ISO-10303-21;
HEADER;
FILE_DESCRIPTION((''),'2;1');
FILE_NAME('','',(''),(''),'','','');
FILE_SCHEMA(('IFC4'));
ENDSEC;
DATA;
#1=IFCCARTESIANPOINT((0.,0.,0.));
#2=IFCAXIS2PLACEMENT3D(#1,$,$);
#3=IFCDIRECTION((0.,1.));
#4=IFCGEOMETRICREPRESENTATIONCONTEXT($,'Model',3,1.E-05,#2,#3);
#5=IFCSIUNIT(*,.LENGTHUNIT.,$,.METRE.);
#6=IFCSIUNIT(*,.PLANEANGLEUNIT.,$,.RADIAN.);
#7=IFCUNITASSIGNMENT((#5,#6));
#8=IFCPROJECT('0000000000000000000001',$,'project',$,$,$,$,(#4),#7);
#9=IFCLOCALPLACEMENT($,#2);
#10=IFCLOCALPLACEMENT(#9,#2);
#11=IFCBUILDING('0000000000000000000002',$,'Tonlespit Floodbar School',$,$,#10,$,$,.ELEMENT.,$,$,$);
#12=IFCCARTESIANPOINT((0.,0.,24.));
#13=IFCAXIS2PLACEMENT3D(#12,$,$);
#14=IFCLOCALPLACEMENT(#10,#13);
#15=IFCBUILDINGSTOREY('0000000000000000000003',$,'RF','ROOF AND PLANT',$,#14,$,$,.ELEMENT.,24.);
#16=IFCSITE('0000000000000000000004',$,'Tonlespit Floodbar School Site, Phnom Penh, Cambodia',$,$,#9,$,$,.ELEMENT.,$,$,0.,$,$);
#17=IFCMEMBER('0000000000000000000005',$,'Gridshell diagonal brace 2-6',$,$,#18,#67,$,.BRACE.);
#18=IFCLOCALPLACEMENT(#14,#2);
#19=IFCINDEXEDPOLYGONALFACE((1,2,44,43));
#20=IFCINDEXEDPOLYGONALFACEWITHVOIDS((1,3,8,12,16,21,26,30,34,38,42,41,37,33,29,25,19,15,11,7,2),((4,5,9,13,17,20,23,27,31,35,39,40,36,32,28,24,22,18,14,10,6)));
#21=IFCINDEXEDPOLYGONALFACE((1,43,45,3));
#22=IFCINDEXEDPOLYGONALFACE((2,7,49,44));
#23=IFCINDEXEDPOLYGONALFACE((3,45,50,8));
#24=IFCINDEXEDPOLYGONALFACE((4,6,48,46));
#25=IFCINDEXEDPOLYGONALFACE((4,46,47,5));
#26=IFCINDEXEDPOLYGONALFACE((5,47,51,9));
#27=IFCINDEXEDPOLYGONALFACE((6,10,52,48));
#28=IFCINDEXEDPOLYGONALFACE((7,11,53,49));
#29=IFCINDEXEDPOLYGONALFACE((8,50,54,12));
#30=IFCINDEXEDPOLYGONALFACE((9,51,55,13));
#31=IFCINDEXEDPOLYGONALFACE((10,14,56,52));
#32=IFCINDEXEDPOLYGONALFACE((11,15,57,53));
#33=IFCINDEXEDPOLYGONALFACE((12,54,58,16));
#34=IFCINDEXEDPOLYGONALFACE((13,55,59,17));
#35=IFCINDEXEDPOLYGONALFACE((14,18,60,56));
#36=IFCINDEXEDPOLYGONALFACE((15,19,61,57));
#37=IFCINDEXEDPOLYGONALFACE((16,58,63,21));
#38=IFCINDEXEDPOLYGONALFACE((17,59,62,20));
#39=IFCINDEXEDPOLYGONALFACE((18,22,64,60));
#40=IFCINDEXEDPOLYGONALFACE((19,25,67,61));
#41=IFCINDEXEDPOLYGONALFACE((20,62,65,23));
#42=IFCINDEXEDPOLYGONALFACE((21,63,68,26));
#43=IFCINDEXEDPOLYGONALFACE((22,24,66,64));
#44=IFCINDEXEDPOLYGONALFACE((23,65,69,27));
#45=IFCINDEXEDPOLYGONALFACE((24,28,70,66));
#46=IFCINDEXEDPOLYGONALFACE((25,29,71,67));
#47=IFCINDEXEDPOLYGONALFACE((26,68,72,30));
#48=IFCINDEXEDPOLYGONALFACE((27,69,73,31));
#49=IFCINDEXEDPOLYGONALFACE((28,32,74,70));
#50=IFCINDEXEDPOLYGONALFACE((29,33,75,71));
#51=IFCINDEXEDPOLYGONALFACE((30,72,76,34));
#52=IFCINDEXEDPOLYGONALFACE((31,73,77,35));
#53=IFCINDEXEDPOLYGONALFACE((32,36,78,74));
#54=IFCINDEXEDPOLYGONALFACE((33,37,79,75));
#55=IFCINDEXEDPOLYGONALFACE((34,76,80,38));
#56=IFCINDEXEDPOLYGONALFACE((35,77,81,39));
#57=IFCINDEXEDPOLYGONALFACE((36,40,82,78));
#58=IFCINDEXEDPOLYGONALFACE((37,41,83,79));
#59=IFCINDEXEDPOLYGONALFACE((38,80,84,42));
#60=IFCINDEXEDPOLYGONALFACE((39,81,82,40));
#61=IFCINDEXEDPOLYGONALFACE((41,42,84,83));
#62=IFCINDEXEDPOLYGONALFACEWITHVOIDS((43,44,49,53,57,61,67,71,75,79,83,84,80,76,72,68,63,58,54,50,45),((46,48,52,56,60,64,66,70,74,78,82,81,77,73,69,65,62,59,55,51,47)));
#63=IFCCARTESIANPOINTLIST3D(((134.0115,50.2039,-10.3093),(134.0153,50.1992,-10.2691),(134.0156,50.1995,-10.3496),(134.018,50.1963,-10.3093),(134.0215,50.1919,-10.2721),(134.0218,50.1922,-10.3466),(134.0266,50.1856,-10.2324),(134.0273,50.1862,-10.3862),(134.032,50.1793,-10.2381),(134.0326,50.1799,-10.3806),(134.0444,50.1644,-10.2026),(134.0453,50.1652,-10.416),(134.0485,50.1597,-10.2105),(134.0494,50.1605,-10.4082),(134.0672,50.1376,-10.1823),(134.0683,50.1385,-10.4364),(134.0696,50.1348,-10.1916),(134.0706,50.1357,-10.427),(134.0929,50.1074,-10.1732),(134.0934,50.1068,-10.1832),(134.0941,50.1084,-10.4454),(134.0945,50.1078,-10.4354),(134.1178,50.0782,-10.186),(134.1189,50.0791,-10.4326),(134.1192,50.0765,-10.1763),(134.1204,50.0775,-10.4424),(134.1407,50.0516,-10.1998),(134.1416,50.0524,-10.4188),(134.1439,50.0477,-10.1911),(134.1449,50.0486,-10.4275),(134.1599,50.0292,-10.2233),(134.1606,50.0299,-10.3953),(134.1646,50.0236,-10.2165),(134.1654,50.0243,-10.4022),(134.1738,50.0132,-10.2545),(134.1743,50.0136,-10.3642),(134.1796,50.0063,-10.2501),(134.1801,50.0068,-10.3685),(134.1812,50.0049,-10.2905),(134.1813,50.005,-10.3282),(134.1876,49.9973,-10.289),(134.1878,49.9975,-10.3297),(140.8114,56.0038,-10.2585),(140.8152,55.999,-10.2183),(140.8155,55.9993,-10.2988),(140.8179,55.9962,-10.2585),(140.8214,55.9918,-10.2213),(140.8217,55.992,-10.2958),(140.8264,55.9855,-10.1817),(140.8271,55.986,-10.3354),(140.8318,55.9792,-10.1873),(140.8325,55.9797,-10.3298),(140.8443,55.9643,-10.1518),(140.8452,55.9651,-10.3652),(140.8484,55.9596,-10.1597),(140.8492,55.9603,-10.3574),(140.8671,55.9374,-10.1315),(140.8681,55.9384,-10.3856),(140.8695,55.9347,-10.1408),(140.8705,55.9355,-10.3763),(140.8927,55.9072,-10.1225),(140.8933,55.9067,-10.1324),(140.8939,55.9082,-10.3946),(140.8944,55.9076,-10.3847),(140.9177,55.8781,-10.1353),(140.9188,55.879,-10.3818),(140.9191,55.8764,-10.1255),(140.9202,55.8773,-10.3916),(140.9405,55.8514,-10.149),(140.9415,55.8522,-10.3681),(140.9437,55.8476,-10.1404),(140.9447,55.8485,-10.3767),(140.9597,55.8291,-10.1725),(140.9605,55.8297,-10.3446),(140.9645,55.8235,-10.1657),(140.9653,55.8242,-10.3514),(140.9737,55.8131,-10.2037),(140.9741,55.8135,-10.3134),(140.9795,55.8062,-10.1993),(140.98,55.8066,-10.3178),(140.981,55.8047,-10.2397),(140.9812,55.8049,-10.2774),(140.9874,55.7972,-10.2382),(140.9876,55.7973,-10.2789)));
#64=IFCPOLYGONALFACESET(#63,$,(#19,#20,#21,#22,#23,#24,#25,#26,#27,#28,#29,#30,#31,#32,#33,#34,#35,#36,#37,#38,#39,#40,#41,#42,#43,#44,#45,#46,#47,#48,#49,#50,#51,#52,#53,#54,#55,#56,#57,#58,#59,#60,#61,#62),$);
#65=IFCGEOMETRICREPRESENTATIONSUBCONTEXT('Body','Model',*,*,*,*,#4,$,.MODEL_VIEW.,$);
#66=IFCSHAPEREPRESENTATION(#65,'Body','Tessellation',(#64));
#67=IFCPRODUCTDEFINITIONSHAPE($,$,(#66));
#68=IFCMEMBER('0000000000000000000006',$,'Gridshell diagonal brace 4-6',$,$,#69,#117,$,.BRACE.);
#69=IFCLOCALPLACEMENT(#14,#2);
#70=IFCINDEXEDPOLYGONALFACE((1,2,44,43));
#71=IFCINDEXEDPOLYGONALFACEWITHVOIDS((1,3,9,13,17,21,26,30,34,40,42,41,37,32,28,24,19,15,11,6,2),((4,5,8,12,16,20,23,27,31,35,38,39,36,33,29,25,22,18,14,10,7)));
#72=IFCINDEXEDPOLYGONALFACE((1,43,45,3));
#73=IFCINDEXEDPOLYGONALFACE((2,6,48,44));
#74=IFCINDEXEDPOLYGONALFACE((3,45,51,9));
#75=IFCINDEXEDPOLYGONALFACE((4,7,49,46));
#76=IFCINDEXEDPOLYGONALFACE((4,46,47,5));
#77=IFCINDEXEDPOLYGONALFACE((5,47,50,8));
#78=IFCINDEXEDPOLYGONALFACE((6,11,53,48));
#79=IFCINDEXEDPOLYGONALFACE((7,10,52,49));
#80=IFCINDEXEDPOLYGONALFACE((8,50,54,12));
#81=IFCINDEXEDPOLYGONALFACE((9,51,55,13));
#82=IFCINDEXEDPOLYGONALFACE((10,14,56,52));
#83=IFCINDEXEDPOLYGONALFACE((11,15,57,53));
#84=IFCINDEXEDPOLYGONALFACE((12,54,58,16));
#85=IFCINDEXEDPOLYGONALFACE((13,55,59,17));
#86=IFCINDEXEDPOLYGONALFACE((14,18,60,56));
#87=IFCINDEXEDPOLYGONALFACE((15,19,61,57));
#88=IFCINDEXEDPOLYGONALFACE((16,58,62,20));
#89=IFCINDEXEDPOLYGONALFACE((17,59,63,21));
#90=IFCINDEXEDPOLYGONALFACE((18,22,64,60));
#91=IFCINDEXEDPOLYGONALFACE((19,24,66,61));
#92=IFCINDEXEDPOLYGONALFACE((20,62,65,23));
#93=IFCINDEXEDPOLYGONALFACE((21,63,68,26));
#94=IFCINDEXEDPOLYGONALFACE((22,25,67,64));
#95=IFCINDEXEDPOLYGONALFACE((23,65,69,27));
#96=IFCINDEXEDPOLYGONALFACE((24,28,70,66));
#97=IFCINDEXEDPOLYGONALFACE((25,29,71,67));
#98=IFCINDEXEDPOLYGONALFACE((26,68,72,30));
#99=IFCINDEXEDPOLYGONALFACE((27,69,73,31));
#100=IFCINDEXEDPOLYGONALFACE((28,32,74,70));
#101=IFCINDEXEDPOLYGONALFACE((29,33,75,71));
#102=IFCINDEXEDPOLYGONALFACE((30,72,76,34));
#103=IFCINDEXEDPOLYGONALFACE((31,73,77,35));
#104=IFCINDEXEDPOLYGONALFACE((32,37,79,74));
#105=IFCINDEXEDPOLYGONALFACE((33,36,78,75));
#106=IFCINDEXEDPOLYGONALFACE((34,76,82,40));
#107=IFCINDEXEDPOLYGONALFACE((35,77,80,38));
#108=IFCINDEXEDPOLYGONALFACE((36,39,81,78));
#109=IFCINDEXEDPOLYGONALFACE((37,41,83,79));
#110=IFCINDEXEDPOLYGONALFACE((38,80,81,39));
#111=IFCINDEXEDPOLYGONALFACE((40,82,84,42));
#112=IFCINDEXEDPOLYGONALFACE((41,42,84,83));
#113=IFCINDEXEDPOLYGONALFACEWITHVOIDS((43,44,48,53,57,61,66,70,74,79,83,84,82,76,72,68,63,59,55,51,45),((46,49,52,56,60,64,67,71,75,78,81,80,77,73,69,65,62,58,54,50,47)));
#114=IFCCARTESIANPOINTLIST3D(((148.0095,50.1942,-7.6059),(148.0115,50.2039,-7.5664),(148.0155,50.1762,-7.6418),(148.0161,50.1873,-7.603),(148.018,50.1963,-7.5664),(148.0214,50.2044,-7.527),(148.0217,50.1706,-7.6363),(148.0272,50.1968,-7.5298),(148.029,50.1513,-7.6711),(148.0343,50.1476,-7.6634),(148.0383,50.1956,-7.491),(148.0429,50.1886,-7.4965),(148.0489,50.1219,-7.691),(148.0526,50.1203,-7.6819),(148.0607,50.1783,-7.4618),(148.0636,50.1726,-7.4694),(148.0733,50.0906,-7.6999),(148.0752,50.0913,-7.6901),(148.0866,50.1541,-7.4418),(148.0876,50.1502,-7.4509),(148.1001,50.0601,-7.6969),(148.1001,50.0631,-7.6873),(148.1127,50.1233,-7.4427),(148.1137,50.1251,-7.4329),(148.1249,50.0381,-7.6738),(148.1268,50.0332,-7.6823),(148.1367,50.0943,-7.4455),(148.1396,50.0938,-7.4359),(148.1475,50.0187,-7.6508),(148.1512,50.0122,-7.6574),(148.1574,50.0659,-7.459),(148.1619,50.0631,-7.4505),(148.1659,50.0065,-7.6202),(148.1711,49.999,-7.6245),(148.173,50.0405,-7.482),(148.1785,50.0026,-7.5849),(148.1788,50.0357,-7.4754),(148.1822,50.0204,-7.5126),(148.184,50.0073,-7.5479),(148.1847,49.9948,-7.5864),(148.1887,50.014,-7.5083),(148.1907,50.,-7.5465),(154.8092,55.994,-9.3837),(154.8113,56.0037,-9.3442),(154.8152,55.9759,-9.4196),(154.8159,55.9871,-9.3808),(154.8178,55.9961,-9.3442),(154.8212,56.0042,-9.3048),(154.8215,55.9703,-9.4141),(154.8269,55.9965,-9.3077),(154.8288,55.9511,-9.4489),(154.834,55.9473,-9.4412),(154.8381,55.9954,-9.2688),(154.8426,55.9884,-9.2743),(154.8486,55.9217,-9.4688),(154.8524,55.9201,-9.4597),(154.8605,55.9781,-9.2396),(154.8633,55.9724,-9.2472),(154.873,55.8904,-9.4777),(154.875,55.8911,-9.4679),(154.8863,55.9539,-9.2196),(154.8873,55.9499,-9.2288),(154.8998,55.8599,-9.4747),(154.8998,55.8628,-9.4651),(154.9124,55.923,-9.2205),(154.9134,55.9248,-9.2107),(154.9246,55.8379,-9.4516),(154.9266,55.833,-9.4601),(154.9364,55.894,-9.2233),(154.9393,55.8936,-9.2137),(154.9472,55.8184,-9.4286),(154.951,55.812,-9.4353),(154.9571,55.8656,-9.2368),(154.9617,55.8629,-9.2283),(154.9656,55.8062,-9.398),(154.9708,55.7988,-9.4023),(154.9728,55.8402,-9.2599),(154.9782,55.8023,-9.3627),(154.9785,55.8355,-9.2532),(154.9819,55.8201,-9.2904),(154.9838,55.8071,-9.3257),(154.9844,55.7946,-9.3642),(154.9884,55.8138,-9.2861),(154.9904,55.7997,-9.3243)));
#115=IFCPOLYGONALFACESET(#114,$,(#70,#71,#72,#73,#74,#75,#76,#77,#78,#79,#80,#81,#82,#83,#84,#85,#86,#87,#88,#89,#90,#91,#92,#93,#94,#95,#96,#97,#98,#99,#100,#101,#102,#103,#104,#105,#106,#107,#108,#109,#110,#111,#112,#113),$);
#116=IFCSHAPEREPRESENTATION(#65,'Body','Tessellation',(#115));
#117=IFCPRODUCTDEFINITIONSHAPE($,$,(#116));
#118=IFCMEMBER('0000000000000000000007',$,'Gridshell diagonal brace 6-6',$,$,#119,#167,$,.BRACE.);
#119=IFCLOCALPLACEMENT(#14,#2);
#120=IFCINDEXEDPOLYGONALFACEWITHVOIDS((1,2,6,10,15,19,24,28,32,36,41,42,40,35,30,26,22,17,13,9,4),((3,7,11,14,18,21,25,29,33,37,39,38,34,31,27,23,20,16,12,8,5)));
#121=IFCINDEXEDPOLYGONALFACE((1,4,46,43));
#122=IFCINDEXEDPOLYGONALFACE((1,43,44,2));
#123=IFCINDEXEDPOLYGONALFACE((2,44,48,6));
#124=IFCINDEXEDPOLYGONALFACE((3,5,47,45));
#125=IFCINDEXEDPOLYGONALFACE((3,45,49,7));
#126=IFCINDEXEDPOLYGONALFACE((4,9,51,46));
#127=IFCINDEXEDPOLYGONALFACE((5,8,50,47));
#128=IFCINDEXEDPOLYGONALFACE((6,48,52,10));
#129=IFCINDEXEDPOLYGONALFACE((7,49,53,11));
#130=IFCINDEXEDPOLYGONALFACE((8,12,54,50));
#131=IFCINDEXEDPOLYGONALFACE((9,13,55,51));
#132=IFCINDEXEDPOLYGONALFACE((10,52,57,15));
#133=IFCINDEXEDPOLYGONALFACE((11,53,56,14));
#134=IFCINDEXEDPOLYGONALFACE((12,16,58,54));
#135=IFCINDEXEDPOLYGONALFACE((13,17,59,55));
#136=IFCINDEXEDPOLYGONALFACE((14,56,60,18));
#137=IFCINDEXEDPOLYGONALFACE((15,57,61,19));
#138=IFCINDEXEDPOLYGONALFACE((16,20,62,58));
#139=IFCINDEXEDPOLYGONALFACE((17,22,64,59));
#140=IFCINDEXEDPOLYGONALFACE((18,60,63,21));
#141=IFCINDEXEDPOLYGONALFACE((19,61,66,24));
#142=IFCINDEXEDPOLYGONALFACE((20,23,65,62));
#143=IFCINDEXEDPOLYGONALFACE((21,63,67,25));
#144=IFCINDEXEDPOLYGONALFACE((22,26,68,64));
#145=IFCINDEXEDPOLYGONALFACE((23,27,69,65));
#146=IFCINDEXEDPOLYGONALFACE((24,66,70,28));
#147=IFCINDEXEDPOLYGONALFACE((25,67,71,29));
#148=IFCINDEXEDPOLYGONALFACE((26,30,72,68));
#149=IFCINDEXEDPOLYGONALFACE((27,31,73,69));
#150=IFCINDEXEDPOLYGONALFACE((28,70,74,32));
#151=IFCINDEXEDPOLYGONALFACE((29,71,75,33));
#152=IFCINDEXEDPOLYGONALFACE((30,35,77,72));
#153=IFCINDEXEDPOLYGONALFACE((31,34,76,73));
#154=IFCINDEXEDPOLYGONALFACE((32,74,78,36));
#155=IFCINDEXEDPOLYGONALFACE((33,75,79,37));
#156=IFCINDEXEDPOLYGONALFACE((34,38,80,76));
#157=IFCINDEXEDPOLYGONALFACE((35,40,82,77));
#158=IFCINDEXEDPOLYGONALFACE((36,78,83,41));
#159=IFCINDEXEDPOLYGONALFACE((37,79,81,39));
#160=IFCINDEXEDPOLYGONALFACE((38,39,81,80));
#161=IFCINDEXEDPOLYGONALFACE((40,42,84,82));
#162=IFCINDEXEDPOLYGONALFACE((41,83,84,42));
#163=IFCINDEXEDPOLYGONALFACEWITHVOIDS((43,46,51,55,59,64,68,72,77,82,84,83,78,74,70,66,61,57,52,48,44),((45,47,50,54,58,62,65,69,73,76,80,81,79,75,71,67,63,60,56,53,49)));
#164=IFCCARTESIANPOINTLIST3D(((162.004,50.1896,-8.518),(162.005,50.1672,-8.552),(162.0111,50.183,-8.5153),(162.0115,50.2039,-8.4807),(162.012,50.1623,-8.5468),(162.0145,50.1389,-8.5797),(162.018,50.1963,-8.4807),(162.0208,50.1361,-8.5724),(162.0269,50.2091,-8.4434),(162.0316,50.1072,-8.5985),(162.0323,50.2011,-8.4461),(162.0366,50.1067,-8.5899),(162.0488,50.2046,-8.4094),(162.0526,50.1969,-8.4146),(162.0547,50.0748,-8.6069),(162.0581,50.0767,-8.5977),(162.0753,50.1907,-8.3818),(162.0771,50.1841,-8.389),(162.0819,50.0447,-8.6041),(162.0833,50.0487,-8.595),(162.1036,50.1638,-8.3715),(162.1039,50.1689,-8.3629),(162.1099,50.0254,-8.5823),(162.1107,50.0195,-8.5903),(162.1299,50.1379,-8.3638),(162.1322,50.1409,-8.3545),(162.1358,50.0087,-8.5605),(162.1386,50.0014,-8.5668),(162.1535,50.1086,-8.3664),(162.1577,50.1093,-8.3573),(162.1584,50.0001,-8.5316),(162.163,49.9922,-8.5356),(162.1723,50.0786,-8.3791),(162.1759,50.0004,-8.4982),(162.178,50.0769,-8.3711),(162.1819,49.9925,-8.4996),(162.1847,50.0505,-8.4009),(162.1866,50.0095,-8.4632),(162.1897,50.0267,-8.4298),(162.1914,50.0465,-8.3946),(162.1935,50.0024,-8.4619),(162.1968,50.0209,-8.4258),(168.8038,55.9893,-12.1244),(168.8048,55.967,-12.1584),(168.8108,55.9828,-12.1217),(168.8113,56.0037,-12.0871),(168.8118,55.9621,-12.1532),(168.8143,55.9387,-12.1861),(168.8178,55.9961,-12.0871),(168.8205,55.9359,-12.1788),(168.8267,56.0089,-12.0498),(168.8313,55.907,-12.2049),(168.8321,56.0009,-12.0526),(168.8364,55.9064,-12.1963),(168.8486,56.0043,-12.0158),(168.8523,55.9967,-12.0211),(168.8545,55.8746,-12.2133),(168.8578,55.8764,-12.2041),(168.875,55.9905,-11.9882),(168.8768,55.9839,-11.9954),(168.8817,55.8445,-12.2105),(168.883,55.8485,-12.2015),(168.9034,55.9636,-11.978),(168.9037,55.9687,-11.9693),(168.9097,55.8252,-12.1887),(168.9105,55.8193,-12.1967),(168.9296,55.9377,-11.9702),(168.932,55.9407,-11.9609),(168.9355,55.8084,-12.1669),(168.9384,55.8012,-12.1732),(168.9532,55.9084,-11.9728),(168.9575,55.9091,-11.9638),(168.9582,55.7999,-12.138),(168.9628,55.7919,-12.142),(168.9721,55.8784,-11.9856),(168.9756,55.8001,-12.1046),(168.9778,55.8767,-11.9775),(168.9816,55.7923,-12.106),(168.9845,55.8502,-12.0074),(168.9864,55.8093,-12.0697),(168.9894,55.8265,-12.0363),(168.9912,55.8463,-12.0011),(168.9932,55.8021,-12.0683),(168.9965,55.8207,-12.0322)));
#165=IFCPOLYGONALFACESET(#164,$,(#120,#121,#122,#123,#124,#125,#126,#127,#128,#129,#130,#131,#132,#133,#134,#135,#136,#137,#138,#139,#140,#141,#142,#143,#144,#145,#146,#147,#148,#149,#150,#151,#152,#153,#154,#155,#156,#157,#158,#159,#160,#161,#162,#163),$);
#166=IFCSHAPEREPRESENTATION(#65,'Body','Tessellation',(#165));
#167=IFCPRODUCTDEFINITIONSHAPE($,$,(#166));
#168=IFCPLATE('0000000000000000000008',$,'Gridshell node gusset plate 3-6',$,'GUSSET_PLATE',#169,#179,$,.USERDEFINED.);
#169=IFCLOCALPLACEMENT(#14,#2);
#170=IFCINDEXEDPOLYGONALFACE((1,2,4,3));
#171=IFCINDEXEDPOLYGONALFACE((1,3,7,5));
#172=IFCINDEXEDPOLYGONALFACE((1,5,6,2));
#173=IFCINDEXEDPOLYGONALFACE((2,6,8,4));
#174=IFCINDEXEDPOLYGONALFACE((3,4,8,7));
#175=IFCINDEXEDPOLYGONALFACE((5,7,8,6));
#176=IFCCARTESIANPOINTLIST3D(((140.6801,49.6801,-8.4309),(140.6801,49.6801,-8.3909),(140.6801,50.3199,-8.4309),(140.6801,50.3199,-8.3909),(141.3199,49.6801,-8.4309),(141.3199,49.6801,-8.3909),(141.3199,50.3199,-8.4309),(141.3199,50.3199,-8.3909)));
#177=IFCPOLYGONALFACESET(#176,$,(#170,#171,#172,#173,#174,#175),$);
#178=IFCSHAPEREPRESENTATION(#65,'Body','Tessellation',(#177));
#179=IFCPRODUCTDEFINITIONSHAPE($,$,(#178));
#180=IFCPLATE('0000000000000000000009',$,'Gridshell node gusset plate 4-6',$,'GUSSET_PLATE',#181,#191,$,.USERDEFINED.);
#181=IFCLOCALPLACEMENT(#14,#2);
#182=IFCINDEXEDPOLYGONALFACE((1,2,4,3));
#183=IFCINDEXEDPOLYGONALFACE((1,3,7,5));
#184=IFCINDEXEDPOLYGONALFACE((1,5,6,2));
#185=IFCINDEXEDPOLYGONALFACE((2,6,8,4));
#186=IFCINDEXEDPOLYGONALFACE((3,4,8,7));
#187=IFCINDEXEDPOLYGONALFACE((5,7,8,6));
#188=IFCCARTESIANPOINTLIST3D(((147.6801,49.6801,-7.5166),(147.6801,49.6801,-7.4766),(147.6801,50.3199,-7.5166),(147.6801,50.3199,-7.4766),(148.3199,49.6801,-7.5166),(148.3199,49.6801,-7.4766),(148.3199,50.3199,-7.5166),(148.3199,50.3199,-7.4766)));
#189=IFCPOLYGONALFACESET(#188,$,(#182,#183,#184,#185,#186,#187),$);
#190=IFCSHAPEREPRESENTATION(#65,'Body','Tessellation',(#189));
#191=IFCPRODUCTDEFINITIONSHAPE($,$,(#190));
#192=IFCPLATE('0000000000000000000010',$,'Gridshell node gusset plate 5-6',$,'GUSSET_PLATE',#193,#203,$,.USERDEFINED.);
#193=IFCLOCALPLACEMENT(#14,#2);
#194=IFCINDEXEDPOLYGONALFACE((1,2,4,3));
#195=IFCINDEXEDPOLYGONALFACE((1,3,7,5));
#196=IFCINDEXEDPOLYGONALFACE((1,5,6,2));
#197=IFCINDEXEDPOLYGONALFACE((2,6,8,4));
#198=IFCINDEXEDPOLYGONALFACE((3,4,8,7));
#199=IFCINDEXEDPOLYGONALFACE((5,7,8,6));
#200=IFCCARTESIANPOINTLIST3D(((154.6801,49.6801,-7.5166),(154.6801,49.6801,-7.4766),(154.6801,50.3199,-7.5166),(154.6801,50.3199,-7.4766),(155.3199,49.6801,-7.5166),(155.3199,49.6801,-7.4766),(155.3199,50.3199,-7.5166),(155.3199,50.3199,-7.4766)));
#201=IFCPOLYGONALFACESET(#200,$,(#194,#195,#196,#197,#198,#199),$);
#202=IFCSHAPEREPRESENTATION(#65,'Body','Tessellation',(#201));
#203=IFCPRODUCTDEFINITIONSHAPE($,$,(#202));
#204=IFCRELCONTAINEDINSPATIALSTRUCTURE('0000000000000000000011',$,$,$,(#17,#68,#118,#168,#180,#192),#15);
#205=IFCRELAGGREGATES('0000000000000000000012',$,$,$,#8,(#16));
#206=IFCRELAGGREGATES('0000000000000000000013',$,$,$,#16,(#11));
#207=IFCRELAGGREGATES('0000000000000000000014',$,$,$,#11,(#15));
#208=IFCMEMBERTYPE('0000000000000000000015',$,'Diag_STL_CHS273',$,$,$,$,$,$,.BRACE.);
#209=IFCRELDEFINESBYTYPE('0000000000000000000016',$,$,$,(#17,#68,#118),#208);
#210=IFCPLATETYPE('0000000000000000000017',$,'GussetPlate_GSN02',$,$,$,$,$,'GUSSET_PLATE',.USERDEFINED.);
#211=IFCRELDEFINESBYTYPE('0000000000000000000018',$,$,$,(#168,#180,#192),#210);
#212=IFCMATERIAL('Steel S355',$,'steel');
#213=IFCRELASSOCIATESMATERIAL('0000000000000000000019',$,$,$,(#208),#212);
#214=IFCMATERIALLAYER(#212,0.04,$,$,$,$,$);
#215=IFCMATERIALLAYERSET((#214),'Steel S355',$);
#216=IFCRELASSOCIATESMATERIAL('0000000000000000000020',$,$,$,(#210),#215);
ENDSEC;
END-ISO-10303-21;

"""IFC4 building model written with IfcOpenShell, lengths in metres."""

from ifc_helpers import new_model, si_unit, direction, frame, origin, origin_2d, place, context, subcontext, project, spatial, rectangle, hollow_circle, extrude, material, layer, layer_set, material_profile, profile_set, type_object, element, save


model = new_model("IFC4")

# Units and contexts
model_context = context("Model", 3, precision=1e-05, world=origin(), true_north=direction((0.0, 1.0)))
body_context = subcontext(model_context, "Body", "Model", "MODEL_VIEW")
ifc_project = project(units=[si_unit("LENGTHUNIT", "METRE"), si_unit("PLANEANGLEUNIT", "RADIAN")], contexts=[model_context])

# Site, building, storey
site_placement = place(None, origin())
site = spatial("IfcSite", under=ifc_project, at=site_placement, Name="Tonlespit Floodbar School Site, Phnom Penh, Cambodia", CompositionType="ELEMENT", RefElevation=0.0)
building_placement = place(site_placement, origin())
building = spatial("IfcBuilding", under=site, at=building_placement, Name="Tonlespit Floodbar School", CompositionType="ELEMENT")
storey_placement = place(building_placement, frame((0.0, 0.0, 24.0)))
storey = spatial("IfcBuildingStorey", under=building, at=storey_placement, Name="RF", Description="ROOF AND PLANT", CompositionType="ELEMENT", Elevation=24.0)

# Members
ifc_material_1 = material(Name="Steel S355", Category="steel")
ifc_material_profile_1 = material_profile(ifc_material_1, hollow_circle(Radius=0.1365, WallThickness=0.01, at=origin_2d()), Name="CHS 273x10")
ifc_profile_set_1 = profile_set([ifc_material_profile_1], Name="Steel S355")
member_type_1 = type_object("IfcMemberType", Name="Diag_STL_CHS273", PredefinedType="BRACE", material=ifc_profile_set_1)
member_1_placement = place(storey_placement, frame((134.1001, 50.1001, -10.3093), z_axis=(0.760823, 0.648934, 0.005682), x_axis=(-0.648945, 0.760836, 0.0)))
element("IfcMember", 1, at=member_1_placement, inside=storey, type_object=member_type_1, Name="Gridshell diagonal brace 2-6", PredefinedType="BRACE", context=body_context, shape_type="SweptSolid", body=[
    extrude(hollow_circle(Radius=0.1365, WallThickness=0.01, at=origin_2d()), origin(), (0.0, 0.0, 1.0), 8.9375),
])
member_2_placement = place(storey_placement, frame((148.1001, 50.1001, -7.5664), z_axis=(0.746215, 0.636474, -0.1951), x_axis=(-0.648945, 0.760836, 0.0)))
element("IfcMember", 2, at=member_2_placement, inside=storey, type_object=member_type_1, Name="Gridshell diagonal brace 4-6", PredefinedType="BRACE", context=body_context, shape_type="SweptSolid", body=[
    extrude(hollow_circle(Radius=0.1365, WallThickness=0.01, at=origin_2d()), origin(), (0.0, 0.0, 1.0), 9.1123),
])
member_3_placement = place(storey_placement, frame((162.1001, 50.1001, -8.4807), z_axis=(0.705556, 0.601795, -0.374209), x_axis=(-0.648945, 0.760836, 0.0)))
element("IfcMember", 3, at=member_3_placement, inside=storey, type_object=member_type_1, Name="Gridshell diagonal brace 6-6", PredefinedType="BRACE", context=body_context, shape_type="SweptSolid", body=[
    extrude(hollow_circle(Radius=0.1365, WallThickness=0.01, at=origin_2d()), origin(), (0.0, 0.0, 1.0), 9.6375),
])

# Plates
ifc_layer_1 = layer(ifc_material_1, 0.04)
ifc_layer_set_1 = layer_set([ifc_layer_1], Name="Steel S355")
plate_type_1 = type_object("IfcPlateType", Name="GussetPlate_GSN02", ElementType="GUSSET_PLATE", PredefinedType="USERDEFINED", material=ifc_layer_set_1)
for number, where, z_axis, x_axis, name in (
    (4, (141.0, 50.0, -8.4309), (0.0, 0.0, 1.0), (1.0, 0.0, 0.0), "Gridshell node gusset plate 3-6"),
    (5, (148.0, 50.0, -7.5166), (0.0, 0.0, 1.0), (1.0, 0.0, 0.0), "Gridshell node gusset plate 4-6"),
    (6, (155.0, 50.0, -7.5166), (0.0, 0.0, 1.0), (1.0, 0.0, 0.0), "Gridshell node gusset plate 5-6"),
):
    element("IfcPlate", number, at=place(storey_placement, frame(where, z_axis=z_axis, x_axis=x_axis)), inside=storey, type_object=plate_type_1, Name=name, ObjectType="GUSSET_PLATE", PredefinedType="USERDEFINED", context=body_context, shape_type="SweptSolid", body=[
        extrude(rectangle(XDim=0.6399, YDim=0.6399, at=origin_2d()), origin(), (0.0, 0.0, 1.0), 0.04),
    ])

save(model, "model.ifc")
